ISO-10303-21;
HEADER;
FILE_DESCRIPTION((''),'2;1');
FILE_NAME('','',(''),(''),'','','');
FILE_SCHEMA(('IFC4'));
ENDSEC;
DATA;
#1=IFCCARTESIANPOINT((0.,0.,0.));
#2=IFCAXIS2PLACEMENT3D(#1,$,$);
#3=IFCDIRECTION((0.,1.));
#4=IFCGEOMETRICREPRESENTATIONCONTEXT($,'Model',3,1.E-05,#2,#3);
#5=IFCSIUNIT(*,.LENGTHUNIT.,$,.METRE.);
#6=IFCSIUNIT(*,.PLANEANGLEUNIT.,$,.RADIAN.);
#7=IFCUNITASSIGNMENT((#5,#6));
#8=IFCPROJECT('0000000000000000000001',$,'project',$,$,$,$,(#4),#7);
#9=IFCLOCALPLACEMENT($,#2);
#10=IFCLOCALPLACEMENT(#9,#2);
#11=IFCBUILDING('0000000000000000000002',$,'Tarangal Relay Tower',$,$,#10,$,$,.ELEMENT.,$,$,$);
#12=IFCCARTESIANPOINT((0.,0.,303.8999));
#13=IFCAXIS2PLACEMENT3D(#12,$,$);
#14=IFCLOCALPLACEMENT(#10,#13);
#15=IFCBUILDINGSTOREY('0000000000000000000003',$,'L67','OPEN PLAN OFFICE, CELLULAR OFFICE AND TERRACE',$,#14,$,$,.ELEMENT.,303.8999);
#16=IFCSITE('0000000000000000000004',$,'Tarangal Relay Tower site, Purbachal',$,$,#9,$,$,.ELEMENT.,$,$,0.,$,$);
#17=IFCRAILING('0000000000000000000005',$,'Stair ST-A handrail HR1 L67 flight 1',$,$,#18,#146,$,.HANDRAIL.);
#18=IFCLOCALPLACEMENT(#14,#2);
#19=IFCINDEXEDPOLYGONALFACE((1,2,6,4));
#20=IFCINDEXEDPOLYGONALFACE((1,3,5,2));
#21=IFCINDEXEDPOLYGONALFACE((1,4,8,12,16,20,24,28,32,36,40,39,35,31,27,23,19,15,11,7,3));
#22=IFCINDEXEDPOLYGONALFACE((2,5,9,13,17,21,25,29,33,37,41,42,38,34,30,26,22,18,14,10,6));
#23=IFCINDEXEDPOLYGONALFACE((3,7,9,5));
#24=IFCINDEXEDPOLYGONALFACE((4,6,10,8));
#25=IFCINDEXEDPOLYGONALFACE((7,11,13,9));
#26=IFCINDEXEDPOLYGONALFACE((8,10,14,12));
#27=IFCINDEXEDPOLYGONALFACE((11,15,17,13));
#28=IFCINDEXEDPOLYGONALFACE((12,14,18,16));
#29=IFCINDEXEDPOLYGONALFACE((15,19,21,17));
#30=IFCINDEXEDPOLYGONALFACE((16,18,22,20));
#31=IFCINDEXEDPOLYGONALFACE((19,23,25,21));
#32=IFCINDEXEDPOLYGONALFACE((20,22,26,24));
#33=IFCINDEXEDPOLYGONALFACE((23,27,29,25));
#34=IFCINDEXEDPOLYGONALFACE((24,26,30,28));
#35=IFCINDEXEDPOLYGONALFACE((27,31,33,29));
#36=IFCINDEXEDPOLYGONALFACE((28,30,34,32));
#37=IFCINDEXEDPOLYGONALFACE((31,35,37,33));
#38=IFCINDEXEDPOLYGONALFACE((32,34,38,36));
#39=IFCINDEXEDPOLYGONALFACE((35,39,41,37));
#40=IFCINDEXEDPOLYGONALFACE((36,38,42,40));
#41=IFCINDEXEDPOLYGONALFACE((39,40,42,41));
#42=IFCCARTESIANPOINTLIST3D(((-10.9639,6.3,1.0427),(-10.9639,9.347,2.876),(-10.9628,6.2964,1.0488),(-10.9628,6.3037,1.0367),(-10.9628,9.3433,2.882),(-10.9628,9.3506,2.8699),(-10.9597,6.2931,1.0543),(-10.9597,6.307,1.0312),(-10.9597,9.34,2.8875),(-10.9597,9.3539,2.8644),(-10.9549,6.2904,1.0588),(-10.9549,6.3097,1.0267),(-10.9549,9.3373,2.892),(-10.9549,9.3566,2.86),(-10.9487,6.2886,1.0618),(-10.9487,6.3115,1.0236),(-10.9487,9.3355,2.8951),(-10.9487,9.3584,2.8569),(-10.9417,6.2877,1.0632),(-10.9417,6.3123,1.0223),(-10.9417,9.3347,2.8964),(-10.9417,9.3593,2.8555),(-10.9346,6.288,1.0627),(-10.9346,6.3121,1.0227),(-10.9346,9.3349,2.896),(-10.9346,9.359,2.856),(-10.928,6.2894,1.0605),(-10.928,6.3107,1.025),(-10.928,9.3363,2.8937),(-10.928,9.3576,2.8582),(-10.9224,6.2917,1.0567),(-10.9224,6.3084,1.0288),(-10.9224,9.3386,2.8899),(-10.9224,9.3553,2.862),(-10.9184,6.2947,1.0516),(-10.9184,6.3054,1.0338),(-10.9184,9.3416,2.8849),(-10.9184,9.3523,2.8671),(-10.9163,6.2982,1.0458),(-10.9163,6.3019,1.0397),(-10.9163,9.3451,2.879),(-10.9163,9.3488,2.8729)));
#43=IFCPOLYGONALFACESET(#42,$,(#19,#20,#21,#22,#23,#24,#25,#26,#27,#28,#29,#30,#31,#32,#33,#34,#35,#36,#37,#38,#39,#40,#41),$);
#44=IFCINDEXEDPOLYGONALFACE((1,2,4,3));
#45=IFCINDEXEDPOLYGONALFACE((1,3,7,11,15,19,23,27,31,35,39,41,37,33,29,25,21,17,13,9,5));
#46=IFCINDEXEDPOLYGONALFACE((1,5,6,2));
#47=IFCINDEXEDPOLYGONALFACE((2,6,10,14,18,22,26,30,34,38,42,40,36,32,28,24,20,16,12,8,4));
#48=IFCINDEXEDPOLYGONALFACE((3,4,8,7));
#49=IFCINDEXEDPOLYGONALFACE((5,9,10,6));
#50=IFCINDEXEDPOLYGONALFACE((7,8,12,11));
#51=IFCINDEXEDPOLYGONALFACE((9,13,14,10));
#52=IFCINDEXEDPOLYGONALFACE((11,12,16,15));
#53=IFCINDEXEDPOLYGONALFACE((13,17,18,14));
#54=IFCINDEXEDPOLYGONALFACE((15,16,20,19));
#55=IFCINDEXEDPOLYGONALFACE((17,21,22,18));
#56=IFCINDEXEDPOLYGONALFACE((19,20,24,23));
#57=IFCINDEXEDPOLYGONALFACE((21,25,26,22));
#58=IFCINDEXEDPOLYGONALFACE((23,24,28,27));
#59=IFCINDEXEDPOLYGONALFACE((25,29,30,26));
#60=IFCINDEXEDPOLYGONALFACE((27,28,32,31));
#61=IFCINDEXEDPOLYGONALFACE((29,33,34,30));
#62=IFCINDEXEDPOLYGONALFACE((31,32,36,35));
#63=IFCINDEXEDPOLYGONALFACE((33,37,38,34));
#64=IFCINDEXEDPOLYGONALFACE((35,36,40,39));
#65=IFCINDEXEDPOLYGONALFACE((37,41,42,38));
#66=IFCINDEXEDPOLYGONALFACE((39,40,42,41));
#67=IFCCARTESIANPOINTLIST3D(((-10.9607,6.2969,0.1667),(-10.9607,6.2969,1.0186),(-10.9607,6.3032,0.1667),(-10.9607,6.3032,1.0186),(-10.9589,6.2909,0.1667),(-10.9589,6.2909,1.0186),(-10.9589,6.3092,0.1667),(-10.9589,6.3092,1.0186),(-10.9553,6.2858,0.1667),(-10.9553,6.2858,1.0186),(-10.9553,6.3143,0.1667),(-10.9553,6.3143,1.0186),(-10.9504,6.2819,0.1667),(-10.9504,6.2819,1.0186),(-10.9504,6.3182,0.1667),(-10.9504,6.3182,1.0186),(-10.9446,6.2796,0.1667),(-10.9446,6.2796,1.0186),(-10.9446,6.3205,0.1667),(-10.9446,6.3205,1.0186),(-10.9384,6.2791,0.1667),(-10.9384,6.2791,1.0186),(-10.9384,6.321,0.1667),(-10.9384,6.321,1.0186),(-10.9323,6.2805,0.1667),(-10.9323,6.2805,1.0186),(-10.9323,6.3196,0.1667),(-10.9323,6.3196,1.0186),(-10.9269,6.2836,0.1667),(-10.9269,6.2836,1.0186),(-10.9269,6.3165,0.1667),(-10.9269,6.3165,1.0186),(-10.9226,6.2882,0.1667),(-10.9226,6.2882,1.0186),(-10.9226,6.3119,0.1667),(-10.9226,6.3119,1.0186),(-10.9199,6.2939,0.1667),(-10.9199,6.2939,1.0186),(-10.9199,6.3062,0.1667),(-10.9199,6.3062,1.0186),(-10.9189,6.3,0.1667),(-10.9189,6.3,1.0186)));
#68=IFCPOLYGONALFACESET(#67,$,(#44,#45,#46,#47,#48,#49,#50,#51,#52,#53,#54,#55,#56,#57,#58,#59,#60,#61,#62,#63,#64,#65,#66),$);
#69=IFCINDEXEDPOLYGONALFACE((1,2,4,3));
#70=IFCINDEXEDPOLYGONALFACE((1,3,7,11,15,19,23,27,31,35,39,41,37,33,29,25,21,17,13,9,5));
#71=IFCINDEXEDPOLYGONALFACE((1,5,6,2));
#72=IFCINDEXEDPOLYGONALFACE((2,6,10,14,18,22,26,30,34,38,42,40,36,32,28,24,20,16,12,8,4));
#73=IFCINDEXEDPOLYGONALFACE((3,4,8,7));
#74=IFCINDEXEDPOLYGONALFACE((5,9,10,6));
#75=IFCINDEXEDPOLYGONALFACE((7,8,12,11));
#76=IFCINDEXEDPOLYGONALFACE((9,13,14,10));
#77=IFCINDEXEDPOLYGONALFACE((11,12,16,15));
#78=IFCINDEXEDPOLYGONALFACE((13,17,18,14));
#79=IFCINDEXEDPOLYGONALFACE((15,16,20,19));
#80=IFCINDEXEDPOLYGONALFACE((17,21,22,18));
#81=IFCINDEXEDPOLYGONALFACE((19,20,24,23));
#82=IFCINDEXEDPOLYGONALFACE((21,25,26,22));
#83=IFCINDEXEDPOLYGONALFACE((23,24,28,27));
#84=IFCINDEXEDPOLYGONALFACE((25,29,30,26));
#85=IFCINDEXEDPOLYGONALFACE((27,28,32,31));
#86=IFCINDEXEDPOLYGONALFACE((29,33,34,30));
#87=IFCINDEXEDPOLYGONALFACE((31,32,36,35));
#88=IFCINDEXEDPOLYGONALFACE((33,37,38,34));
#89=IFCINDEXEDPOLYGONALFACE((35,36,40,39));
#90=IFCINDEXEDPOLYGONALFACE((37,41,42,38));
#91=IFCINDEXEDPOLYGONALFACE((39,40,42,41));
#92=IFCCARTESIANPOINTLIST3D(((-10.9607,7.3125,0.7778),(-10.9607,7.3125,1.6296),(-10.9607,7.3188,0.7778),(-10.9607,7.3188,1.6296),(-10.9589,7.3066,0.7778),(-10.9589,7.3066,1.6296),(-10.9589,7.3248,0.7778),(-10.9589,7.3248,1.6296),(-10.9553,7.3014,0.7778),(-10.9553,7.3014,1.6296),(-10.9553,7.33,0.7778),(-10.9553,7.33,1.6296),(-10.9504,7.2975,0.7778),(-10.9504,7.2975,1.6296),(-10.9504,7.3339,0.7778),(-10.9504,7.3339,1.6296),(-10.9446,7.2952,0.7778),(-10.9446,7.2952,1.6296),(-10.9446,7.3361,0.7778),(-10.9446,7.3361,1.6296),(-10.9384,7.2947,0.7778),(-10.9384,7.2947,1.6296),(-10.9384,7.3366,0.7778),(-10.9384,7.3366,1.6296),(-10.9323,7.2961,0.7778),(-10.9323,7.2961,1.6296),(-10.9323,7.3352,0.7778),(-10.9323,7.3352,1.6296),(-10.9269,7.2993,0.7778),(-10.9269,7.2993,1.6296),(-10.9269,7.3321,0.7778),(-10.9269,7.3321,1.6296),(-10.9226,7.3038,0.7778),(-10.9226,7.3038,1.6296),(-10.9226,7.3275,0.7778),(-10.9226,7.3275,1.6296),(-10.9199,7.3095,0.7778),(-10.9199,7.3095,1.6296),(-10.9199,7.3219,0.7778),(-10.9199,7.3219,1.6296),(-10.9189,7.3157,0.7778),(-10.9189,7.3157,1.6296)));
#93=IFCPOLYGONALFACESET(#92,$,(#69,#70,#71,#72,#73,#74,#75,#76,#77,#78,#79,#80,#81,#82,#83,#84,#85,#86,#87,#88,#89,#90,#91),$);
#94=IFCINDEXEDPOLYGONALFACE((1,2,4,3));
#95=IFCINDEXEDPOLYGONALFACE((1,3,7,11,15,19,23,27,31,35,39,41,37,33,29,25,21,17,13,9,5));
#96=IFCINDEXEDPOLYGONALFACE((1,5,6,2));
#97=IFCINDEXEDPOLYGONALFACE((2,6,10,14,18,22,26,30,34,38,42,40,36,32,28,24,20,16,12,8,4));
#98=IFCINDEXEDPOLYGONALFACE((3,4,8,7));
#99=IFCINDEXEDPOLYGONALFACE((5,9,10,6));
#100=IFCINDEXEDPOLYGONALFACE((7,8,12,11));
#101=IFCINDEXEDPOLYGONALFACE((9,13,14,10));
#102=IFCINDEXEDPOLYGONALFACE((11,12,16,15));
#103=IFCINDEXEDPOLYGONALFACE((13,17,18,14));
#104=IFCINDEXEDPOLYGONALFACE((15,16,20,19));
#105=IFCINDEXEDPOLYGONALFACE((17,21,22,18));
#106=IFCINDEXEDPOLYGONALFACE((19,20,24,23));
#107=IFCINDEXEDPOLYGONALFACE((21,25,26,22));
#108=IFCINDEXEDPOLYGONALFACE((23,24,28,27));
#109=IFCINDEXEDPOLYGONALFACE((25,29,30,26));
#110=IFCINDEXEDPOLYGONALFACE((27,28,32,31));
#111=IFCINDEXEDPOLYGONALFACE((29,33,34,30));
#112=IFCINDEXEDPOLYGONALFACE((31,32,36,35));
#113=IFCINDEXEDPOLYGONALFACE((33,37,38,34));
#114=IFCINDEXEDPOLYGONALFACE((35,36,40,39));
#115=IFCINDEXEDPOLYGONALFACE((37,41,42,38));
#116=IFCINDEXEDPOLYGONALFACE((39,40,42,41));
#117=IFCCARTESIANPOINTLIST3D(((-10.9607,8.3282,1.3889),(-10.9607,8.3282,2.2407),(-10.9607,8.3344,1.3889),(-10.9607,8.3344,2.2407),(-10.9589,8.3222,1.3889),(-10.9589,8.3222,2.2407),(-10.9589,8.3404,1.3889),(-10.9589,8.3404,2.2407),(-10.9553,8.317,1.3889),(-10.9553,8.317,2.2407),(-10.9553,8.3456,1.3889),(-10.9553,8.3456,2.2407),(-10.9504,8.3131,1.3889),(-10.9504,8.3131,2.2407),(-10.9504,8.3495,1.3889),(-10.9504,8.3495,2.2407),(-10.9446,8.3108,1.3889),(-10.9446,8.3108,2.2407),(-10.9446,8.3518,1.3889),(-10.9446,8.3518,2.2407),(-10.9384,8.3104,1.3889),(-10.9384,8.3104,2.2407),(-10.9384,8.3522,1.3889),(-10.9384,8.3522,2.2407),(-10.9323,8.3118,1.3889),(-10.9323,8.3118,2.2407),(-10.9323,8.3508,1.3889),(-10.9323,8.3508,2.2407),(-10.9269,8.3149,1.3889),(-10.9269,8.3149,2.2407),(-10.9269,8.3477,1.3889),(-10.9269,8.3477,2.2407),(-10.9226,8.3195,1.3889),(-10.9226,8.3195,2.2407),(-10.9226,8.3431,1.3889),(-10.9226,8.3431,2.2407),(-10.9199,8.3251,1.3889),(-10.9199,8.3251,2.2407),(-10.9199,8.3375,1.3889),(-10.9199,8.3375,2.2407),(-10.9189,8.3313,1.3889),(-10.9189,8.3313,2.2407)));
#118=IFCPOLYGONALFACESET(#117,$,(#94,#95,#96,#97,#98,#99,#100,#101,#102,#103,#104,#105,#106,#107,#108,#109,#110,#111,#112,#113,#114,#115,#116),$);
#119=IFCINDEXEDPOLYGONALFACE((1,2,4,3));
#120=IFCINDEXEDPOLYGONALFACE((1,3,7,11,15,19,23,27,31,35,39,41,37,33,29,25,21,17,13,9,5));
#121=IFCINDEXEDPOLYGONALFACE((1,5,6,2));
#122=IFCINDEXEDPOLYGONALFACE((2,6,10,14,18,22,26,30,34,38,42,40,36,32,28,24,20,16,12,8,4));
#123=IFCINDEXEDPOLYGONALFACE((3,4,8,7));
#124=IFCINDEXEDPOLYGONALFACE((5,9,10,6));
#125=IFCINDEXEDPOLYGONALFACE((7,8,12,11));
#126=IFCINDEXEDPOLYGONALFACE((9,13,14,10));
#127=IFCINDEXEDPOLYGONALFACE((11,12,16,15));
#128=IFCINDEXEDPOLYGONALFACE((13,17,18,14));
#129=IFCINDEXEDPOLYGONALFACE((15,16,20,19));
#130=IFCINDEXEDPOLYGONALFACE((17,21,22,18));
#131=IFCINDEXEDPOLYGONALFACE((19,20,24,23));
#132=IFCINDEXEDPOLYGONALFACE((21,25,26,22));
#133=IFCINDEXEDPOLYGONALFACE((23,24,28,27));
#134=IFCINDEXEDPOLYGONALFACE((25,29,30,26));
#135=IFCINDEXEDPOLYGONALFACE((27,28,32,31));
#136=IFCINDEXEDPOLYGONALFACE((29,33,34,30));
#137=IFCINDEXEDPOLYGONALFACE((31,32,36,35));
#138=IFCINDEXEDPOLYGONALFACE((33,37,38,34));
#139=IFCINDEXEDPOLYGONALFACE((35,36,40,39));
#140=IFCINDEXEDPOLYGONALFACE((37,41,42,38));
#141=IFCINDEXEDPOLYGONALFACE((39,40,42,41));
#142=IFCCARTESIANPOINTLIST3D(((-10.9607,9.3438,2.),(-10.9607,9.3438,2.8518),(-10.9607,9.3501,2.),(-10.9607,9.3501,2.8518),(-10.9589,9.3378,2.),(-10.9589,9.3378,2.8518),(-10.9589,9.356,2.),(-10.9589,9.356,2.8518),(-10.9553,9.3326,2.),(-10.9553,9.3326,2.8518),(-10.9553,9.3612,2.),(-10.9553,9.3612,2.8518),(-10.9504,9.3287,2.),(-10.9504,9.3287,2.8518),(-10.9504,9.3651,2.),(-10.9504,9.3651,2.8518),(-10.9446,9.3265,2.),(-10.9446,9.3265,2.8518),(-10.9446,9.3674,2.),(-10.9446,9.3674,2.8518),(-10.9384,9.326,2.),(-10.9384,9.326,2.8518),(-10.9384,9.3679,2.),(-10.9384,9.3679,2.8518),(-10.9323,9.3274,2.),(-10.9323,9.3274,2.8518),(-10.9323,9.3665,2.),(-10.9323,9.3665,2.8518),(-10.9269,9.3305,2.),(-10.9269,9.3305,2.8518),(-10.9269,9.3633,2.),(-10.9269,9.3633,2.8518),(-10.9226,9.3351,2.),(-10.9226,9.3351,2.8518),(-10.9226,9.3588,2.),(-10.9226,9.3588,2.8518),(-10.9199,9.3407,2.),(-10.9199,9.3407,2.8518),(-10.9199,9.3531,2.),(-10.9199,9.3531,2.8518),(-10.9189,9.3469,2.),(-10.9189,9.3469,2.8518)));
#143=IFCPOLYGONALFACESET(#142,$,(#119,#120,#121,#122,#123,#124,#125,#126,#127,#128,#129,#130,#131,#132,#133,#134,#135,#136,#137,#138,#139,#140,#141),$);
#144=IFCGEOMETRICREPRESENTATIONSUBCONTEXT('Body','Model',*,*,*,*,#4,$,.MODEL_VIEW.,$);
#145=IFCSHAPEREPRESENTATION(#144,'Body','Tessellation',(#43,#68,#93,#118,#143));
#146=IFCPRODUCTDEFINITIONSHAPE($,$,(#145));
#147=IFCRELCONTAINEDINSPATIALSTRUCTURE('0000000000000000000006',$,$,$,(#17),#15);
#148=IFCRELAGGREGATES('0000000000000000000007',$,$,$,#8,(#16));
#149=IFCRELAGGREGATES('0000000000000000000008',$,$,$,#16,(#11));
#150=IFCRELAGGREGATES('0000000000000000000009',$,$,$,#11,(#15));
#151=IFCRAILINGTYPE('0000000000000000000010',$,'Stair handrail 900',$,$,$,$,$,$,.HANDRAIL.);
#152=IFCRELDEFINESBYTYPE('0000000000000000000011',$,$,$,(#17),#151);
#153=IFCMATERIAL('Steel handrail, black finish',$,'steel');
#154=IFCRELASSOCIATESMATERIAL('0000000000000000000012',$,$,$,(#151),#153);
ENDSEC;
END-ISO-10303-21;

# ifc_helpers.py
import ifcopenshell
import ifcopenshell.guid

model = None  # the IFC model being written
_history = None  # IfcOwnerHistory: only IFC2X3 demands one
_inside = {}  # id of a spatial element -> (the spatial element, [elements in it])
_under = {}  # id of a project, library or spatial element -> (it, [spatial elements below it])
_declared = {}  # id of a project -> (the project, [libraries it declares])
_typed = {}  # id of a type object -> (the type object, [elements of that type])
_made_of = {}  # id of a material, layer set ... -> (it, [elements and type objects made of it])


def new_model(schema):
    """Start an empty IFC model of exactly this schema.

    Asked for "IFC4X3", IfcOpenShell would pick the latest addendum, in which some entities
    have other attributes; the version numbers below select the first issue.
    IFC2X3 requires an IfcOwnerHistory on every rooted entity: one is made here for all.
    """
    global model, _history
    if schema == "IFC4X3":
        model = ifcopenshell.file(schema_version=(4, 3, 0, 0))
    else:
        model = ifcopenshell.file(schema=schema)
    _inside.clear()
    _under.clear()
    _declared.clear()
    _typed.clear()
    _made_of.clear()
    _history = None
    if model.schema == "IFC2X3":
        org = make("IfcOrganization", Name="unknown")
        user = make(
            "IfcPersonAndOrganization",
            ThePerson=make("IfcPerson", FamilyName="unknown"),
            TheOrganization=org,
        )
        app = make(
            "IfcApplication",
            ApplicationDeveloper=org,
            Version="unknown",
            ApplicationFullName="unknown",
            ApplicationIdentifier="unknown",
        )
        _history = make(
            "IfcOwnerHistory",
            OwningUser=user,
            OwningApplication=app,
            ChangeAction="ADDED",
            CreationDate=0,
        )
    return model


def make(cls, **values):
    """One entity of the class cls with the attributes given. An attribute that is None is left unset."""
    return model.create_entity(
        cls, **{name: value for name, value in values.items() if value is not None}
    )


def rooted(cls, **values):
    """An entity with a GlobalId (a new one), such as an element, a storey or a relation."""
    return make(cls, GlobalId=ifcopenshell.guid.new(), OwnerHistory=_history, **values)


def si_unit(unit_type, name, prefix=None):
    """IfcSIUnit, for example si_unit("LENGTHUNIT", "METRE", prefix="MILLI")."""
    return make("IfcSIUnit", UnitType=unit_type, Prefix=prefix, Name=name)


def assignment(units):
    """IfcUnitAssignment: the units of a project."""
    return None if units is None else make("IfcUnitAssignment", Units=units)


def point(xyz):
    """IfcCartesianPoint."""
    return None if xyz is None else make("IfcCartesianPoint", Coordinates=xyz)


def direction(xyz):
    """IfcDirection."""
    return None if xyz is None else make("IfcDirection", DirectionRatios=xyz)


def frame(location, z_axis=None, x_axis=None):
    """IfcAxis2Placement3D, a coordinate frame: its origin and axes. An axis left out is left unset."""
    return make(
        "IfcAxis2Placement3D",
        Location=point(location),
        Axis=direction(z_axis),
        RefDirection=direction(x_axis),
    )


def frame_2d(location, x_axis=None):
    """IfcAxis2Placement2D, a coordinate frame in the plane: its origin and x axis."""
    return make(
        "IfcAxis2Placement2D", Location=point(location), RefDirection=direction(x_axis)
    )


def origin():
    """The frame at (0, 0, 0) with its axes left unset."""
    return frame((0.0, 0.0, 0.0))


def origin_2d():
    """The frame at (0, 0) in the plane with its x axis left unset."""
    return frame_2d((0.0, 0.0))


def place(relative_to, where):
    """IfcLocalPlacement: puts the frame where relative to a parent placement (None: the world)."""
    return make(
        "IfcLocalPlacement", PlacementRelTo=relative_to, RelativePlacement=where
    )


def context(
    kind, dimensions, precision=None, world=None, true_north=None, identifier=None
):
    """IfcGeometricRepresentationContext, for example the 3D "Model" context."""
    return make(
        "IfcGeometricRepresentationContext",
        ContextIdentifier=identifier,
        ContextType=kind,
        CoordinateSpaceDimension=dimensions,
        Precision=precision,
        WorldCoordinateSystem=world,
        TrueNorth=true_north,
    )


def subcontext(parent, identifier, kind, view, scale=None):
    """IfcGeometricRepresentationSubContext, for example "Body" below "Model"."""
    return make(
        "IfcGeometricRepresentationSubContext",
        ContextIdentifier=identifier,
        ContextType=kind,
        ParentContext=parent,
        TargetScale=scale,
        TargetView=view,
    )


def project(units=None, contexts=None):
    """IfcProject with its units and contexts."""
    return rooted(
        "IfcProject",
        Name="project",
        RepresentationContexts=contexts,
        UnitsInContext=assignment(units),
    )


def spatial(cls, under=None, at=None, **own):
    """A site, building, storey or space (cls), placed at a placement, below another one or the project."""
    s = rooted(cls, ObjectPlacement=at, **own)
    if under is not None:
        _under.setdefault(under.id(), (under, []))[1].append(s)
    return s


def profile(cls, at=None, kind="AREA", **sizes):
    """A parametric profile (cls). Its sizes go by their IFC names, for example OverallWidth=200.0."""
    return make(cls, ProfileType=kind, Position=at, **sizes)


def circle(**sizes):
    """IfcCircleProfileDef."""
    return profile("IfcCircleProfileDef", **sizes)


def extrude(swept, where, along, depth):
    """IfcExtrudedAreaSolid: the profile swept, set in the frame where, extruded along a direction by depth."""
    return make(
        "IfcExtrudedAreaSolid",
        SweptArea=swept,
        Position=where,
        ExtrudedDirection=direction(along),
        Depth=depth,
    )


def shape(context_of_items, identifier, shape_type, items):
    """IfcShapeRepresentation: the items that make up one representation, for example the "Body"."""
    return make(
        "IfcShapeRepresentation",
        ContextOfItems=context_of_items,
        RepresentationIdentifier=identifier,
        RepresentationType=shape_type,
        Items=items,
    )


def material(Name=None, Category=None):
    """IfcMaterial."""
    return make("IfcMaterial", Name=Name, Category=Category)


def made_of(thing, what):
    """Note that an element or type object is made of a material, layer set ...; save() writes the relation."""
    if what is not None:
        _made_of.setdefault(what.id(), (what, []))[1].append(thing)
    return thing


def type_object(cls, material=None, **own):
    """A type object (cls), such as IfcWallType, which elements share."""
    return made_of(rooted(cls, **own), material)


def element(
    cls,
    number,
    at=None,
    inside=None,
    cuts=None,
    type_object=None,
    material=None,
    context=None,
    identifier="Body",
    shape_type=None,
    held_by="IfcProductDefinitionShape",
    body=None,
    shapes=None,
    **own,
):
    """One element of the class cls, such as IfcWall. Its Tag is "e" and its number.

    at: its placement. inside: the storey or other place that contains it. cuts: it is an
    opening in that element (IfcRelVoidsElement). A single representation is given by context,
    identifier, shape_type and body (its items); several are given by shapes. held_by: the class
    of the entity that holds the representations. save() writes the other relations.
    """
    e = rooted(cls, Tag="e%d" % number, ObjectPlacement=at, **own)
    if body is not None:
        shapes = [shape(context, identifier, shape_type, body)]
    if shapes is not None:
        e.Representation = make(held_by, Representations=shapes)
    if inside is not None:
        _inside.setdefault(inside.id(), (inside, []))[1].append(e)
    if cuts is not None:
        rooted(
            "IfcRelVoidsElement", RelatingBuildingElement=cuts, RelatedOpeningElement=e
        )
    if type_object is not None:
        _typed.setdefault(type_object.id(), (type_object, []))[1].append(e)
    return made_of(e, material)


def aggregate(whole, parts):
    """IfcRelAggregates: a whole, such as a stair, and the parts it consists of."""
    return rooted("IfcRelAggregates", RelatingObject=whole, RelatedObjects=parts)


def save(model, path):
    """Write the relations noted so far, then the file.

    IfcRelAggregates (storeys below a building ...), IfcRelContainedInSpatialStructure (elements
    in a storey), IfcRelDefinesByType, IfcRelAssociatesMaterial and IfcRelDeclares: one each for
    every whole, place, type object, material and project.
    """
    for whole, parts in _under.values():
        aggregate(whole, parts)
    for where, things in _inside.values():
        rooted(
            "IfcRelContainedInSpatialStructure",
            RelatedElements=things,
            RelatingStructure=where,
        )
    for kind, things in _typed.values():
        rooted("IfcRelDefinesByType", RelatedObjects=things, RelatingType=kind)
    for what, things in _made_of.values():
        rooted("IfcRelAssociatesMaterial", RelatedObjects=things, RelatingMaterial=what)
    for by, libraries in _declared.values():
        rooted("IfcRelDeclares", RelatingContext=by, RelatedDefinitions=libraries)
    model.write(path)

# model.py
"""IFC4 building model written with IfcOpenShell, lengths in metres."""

from ifc_helpers import new_model, si_unit, direction, frame, origin, origin_2d, place, context, subcontext, project, spatial, circle, extrude, material, type_object, element, save


model = new_model("IFC4")

# Units and contexts
model_context = context("Model", 3, precision=1e-05, world=origin(), true_north=direction((0.0, 1.0)))
body_context = subcontext(model_context, "Body", "Model", "MODEL_VIEW")
ifc_project = project(units=[si_unit("LENGTHUNIT", "METRE"), si_unit("PLANEANGLEUNIT", "RADIAN")], contexts=[model_context])

# Site, building, storey
site_placement = place(None, origin())
site = spatial("IfcSite", under=ifc_project, at=site_placement, Name="Tarangal Relay Tower site, Purbachal", CompositionType="ELEMENT", RefElevation=0.0)
building_placement = place(site_placement, origin())
building = spatial("IfcBuilding", under=site, at=building_placement, Name="Tarangal Relay Tower", CompositionType="ELEMENT")
storey_placement = place(building_placement, frame((0.0, 0.0, 303.8999)))
storey = spatial("IfcBuildingStorey", under=building, at=storey_placement, Name="L67", Description="OPEN PLAN OFFICE, CELLULAR OFFICE AND TERRACE", CompositionType="ELEMENT", Elevation=303.8999)

# Railing
ifc_material_1 = material(Name="Steel handrail, black finish", Category="steel")
railing_type = type_object("IfcRailingType", Name="Stair handrail 900", PredefinedType="HANDRAIL", material=ifc_material_1)
railing_placement = place(storey_placement, frame((-10.9399, 6.3, 0.1667)))
element("IfcRailing", 1, at=railing_placement, inside=storey, type_object=railing_type, Name="Stair ST-A handrail HR1 L67 flight 1", PredefinedType="HANDRAIL", context=body_context, shape_type="SweptSolid", body=[
    extrude(circle(Radius=0.0239, at=origin_2d()), frame((0.0, 0.0, 0.876), z_axis=(0.0, 0.856856, 0.515556), x_axis=(-1.0, 0.0, 0.0)), (0.0, 0.0, 1.0), 3.5559),
    extrude(circle(Radius=0.021, at=origin_2d()), origin(), (0.0, 0.0, 1.0), 0.8518),
    extrude(circle(Radius=0.021, at=origin_2d()), frame((0.0, 1.0156, 0.6111)), (0.0, 0.0, 1.0), 0.8518),
    extrude(circle(Radius=0.021, at=origin_2d()), frame((0.0, 2.0312, 1.2222)), (0.0, 0.0, 1.0), 0.8518),
    extrude(circle(Radius=0.021, at=origin_2d()), frame((0.0, 3.0469, 1.8333)), (0.0, 0.0, 1.0), 0.8518),
])

save(model, "model.ifc")
